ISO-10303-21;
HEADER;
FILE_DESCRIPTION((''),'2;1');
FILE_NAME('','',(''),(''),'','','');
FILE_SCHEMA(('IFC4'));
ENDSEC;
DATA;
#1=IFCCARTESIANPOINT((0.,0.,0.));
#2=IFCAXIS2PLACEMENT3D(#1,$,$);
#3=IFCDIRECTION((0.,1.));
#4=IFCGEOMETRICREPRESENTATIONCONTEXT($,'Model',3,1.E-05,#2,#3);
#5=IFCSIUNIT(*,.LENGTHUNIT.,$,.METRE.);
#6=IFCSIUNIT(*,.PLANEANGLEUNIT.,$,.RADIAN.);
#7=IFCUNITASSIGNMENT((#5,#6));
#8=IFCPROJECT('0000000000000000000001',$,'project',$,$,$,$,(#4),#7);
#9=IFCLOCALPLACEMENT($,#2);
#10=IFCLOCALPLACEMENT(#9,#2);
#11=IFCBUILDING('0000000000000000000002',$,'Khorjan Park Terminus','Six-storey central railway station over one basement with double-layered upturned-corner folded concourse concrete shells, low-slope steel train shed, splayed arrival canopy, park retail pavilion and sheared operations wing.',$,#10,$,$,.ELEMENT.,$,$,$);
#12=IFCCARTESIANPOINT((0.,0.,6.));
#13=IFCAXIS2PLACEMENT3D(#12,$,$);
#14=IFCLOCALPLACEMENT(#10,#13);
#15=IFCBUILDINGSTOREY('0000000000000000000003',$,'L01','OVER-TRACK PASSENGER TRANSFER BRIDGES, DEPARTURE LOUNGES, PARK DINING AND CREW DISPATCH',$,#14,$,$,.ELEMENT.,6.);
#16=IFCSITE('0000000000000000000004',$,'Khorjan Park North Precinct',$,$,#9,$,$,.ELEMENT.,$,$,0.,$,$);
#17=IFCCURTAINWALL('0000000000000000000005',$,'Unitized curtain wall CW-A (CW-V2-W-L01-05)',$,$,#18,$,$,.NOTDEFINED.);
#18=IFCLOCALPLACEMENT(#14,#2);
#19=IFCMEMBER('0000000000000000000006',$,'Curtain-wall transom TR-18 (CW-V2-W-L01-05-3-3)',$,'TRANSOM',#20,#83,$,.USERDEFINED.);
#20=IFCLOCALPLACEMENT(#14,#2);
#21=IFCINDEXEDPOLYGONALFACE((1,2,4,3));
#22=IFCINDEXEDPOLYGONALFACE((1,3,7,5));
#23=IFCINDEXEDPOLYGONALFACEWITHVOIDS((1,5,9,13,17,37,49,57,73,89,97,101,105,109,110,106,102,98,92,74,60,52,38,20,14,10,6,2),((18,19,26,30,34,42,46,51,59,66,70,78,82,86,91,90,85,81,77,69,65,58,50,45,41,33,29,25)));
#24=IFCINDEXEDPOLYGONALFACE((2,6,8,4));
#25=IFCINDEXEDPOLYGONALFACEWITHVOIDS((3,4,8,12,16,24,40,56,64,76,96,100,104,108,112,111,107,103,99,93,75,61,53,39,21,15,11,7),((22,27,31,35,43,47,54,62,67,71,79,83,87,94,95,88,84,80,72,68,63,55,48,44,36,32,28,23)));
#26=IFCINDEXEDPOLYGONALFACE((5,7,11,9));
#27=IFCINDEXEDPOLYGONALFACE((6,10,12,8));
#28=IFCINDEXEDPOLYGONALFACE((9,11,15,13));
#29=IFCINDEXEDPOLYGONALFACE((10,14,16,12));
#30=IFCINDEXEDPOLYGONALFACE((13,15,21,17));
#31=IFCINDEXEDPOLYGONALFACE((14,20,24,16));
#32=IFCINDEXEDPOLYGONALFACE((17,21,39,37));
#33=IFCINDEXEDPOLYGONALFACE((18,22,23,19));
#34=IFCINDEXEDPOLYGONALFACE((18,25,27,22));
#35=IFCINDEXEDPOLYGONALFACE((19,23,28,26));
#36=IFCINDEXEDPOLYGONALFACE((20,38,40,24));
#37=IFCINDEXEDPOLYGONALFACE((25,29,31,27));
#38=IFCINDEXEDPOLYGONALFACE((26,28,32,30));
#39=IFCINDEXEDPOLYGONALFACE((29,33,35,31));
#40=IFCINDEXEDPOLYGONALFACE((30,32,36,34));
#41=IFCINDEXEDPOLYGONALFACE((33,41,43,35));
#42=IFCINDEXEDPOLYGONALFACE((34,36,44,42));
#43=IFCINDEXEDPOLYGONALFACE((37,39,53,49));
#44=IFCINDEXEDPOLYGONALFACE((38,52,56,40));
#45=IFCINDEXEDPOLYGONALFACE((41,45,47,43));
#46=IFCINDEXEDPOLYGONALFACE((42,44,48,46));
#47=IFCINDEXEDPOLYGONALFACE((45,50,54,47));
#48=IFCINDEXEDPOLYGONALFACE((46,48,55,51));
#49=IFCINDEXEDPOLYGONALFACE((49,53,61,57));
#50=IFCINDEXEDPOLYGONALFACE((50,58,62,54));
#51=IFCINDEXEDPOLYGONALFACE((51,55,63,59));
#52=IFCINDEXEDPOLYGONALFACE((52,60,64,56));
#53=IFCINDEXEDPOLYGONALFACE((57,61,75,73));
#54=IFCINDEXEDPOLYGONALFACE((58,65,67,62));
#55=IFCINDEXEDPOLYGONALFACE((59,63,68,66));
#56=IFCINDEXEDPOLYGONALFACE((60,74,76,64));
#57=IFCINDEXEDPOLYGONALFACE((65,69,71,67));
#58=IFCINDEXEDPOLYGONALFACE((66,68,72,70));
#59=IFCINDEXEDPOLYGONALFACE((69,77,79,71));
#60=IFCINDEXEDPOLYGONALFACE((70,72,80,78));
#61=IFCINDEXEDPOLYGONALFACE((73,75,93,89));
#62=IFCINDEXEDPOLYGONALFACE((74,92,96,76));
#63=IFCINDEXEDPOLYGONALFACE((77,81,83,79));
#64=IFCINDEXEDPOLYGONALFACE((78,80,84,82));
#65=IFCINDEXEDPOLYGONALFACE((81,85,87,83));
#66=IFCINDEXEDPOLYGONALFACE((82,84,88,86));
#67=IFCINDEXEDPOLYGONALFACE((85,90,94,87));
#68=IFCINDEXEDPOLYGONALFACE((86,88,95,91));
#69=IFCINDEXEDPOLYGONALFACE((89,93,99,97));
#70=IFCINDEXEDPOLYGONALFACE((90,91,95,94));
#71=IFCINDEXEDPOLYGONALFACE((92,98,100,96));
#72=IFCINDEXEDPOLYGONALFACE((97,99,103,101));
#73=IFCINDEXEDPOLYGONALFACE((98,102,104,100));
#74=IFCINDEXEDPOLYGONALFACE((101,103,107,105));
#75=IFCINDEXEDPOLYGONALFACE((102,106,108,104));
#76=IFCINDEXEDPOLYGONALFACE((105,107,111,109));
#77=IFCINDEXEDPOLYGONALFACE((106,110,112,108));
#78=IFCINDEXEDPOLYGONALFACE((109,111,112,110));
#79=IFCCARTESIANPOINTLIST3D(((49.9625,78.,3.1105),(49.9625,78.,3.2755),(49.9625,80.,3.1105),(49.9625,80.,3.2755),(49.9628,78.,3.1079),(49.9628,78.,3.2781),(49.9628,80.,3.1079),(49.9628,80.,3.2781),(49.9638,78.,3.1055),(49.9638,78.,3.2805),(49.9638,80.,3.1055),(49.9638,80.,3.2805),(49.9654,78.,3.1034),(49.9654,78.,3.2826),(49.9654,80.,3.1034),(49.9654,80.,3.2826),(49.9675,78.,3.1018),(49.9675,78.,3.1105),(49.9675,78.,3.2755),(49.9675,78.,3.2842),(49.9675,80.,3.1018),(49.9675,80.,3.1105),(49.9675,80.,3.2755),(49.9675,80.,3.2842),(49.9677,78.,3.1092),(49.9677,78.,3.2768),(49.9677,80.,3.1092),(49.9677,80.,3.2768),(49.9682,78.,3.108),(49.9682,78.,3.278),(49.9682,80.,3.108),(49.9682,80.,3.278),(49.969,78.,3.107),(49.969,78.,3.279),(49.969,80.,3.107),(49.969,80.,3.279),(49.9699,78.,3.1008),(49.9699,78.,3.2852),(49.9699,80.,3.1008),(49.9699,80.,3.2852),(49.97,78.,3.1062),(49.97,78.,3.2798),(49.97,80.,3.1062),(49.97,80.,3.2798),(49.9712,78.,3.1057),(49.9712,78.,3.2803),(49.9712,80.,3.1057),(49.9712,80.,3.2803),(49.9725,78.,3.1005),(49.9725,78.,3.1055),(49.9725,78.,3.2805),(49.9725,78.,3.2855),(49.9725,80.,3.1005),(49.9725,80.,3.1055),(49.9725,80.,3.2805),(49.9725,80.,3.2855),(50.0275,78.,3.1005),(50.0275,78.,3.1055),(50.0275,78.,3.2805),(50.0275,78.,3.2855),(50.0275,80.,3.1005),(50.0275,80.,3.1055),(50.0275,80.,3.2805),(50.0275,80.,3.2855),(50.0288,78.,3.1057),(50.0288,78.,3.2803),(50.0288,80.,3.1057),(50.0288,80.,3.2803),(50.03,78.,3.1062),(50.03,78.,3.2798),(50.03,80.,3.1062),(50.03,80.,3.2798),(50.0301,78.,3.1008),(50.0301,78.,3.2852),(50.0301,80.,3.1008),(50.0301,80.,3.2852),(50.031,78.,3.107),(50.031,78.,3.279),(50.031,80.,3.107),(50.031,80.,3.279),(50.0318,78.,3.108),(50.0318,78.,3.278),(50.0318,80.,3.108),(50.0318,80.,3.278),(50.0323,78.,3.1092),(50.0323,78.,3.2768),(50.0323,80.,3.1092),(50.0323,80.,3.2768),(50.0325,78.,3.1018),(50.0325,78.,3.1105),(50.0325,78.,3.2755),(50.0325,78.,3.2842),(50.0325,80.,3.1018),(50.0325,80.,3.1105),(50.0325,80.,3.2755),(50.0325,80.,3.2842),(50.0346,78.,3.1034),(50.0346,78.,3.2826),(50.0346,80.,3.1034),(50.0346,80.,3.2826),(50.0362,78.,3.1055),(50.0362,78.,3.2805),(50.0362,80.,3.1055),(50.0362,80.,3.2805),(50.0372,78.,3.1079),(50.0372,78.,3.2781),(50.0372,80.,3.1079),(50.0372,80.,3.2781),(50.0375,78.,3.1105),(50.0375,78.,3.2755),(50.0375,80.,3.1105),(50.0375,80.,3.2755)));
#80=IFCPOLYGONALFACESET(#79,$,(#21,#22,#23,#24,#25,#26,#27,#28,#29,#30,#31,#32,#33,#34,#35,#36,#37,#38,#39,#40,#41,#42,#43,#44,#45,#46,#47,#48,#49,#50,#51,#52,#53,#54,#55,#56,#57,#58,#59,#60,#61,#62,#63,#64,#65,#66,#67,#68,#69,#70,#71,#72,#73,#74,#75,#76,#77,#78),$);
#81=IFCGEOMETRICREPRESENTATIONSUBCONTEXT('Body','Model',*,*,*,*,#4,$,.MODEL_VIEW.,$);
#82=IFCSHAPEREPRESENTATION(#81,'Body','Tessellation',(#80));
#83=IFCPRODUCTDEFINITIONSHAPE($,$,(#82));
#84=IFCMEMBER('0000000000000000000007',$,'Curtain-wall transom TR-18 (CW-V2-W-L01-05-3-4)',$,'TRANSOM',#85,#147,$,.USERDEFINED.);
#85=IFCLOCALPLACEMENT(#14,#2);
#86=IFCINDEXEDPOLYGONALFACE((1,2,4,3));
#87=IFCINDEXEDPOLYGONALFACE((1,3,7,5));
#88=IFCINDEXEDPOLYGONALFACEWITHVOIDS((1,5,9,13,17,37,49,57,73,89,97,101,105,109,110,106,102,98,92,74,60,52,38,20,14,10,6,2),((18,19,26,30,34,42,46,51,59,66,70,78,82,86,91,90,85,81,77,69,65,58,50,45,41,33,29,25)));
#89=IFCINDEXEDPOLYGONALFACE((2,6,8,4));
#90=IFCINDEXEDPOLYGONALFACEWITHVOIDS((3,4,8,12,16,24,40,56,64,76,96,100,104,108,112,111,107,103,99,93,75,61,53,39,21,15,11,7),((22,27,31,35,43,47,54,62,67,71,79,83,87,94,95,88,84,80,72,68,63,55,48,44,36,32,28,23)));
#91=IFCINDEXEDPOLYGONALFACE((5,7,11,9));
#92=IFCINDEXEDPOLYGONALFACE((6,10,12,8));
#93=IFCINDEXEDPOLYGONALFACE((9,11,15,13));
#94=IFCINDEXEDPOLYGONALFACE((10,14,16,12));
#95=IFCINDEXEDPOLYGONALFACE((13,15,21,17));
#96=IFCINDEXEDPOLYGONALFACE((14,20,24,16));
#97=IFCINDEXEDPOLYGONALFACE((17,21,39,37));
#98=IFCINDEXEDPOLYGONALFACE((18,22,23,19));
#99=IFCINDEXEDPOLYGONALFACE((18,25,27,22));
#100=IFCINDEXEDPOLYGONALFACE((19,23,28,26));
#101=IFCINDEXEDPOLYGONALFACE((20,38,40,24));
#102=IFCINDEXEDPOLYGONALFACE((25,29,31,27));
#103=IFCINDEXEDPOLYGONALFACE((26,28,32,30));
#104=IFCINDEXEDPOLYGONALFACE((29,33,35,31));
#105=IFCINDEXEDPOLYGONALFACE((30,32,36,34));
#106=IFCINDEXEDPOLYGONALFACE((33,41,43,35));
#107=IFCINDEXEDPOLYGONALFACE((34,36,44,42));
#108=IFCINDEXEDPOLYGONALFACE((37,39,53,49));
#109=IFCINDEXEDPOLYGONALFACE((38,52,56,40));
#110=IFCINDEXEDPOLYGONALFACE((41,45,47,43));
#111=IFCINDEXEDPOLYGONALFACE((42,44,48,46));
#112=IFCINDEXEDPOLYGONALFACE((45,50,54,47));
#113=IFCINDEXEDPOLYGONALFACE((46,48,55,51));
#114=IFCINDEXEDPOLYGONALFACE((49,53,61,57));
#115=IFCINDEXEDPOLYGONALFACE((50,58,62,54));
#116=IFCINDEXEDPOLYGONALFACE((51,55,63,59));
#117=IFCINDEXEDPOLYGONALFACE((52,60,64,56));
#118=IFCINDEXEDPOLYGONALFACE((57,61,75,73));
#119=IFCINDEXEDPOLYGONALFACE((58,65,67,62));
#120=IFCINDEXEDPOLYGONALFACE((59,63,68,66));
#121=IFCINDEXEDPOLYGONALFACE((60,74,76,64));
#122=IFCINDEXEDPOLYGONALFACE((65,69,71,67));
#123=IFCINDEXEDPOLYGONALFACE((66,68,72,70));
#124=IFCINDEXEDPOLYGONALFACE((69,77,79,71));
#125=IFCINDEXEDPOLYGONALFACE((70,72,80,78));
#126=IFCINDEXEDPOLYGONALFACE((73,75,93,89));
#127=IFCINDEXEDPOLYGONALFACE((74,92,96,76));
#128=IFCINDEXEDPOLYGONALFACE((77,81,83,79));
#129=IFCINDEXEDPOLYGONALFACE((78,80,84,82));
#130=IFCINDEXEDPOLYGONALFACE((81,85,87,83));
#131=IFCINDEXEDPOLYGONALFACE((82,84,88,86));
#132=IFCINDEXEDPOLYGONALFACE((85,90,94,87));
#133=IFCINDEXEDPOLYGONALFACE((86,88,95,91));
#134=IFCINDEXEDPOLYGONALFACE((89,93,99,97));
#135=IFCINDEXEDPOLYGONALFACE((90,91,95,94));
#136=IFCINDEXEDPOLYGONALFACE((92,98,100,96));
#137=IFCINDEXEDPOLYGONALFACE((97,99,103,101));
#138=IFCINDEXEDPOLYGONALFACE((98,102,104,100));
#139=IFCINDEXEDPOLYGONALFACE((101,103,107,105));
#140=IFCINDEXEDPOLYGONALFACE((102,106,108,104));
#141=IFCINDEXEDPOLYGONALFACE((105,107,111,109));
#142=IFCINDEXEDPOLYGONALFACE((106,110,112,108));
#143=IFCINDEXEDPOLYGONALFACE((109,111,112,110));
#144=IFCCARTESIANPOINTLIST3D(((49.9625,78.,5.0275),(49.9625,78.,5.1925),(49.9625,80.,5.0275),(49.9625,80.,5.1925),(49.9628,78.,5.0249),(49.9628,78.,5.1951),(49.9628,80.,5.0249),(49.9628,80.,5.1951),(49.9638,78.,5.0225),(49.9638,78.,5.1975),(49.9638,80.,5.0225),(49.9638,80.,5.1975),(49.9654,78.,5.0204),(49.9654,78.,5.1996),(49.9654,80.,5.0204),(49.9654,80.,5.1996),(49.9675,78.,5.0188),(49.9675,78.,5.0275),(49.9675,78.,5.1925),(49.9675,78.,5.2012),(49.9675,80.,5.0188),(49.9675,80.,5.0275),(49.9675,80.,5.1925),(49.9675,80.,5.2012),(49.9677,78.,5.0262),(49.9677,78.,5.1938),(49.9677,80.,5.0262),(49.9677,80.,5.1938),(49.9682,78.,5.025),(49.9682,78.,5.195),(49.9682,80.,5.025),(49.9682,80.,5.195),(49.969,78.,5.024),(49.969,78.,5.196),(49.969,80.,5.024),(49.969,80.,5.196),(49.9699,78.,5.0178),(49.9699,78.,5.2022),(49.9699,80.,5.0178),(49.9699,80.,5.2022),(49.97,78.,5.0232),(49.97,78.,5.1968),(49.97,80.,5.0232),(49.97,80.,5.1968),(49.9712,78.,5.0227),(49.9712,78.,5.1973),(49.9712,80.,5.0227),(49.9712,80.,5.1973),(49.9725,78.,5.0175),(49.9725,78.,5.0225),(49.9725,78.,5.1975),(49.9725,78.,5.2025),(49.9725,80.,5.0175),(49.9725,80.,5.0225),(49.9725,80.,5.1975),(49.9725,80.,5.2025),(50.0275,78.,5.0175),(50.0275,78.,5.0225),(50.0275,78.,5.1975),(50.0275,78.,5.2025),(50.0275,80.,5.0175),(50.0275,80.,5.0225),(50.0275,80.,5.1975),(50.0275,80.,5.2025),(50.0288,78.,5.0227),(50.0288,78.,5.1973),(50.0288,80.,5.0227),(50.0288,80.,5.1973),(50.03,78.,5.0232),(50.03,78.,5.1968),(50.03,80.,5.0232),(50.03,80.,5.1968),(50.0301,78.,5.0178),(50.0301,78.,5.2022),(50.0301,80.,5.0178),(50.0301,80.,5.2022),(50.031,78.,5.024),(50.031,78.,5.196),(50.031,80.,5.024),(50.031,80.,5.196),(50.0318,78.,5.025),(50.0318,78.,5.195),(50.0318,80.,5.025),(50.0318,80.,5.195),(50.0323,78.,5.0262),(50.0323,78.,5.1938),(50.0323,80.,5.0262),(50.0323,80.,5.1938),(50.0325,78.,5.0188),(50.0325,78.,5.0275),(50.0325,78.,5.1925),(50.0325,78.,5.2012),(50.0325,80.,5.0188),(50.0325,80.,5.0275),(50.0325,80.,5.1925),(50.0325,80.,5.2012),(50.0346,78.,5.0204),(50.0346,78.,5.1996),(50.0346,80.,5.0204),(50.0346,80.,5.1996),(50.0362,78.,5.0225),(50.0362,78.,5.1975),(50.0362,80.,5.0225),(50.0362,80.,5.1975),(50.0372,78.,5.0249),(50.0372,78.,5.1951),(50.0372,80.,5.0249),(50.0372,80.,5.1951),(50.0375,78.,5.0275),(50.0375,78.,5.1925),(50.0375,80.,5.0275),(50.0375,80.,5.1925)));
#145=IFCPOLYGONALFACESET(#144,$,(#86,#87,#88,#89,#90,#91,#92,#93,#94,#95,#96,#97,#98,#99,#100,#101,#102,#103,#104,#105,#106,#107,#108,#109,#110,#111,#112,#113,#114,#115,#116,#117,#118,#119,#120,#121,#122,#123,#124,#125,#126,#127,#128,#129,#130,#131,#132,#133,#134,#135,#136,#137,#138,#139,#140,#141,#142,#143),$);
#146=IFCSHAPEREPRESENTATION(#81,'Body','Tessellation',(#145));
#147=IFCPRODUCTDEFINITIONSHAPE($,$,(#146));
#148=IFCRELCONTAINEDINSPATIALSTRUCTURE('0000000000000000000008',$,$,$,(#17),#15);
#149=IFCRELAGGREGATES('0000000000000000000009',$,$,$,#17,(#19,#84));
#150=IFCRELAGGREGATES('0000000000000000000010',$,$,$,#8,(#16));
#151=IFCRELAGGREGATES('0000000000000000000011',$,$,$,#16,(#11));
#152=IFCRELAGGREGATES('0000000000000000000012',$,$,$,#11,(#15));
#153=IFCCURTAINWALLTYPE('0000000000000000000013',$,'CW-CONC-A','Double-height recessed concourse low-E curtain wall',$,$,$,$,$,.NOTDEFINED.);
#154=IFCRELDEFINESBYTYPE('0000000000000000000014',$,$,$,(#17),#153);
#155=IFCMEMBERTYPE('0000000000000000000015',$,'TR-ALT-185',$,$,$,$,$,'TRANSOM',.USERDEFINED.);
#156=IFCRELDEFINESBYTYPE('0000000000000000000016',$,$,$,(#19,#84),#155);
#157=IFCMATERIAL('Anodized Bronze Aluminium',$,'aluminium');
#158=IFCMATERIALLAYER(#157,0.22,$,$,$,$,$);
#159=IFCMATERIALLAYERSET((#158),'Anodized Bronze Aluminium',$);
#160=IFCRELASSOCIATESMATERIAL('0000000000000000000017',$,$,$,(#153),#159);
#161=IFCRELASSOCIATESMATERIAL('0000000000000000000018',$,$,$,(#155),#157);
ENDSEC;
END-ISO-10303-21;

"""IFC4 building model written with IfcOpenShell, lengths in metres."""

from ifc_helpers import new_model, si_unit, direction, frame, origin, origin_2d, place, context, subcontext, project, spatial, hollow_rectangle, extrude, material, layer, layer_set, material_profile, profile_set, type_object, element, aggregate, save


model = new_model("IFC4")

# Units and contexts
model_context = context("Model", 3, precision=1e-05, world=origin(), true_north=direction((0.0, 1.0)))
body_context = subcontext(model_context, "Body", "Model", "MODEL_VIEW")
ifc_project = project(units=[si_unit("LENGTHUNIT", "METRE"), si_unit("PLANEANGLEUNIT", "RADIAN")], contexts=[model_context])

# Site, building, storey
site_placement = place(None, origin())
site = spatial("IfcSite", under=ifc_project, at=site_placement, Name="Khorjan Park North Precinct", CompositionType="ELEMENT", RefElevation=0.0)
building_placement = place(site_placement, origin())
building = spatial("IfcBuilding", under=site, at=building_placement, Name="Khorjan Park Terminus", Description="Six-storey central railway station over one basement with double-layered upturned-corner folded concourse concrete shells, low-slope steel train shed, splayed arrival canopy, park retail pavilion and sheared operations wing.", CompositionType="ELEMENT")
storey_placement = place(building_placement, frame((0.0, 0.0, 6.0)))
storey = spatial("IfcBuildingStorey", under=building, at=storey_placement, Name="L01", Description="OVER-TRACK PASSENGER TRANSFER BRIDGES, DEPARTURE LOUNGES, PARK DINING AND CREW DISPATCH", CompositionType="ELEMENT", Elevation=6.0)

# Shared definitions
ifc_material_1 = material(Name="Anodized Bronze Aluminium", Category="aluminium")
ifc_layer_1 = layer(ifc_material_1, 0.22)
ifc_layer_set_1 = layer_set([ifc_layer_1], Name="Anodized Bronze Aluminium")
curtain_wall_type = type_object("IfcCurtainWallType", Name="CW-CONC-A", Description="Double-height recessed concourse low-E curtain wall", PredefinedType="NOTDEFINED", material=ifc_layer_set_1)

# Curtain wall
curtain_wall_1_placement = place(storey_placement, origin())
curtain_wall_1 = element("IfcCurtainWall", 1, at=curtain_wall_1_placement, inside=storey, type_object=curtain_wall_type, Name="Unitized curtain wall CW-A (CW-V2-W-L01-05)", PredefinedType="NOTDEFINED")

# Members
ifc_material_profile_1 = material_profile(ifc_material_1, hollow_rectangle(XDim=0.075, YDim=0.185, WallThickness=0.005, InnerFilletRadius=0.005, OuterFilletRadius=0.01, at=origin_2d()), Name="ALT 75x185x5")
ifc_profile_set_1 = profile_set([ifc_material_profile_1], Name="Anodized Bronze Aluminium")
member_type_1 = type_object("IfcMemberType", Name="TR-ALT-185", ElementType="TRANSOM", PredefinedType="USERDEFINED", material=ifc_profile_set_1)
member_1_placement = place(storey_placement, frame((50.0, 80.0, 3.193), z_axis=(0.0, -1.0, 0.0), x_axis=(1.0, 0.0, 0.0)))
member_1 = element("IfcMember", 2, at=member_1_placement, type_object=member_type_1, Name="Curtain-wall transom TR-18 (CW-V2-W-L01-05-3-3)", ObjectType="TRANSOM", PredefinedType="USERDEFINED", context=body_context, shape_type="SweptSolid", body=[
    extrude(hollow_rectangle(XDim=0.075, YDim=0.185, WallThickness=0.005, InnerFilletRadius=0.005, OuterFilletRadius=0.01, at=origin_2d()), origin(), (0.0, 0.0, 1.0), 2.0),
])
member_2_placement = place(storey_placement, frame((50.0, 80.0, 5.11), z_axis=(0.0, -1.0, 0.0), x_axis=(1.0, 0.0, 0.0)))
member_2 = element("IfcMember", 3, at=member_2_placement, type_object=member_type_1, Name="Curtain-wall transom TR-18 (CW-V2-W-L01-05-3-4)", ObjectType="TRANSOM", PredefinedType="USERDEFINED", context=body_context, shape_type="SweptSolid", body=[
    extrude(hollow_rectangle(XDim=0.075, YDim=0.185, WallThickness=0.005, InnerFilletRadius=0.005, OuterFilletRadius=0.01, at=origin_2d()), origin(), (0.0, 0.0, 1.0), 2.0),
])

aggregate(curtain_wall_1, [member_1, member_2])

save(model, "model.ifc")
